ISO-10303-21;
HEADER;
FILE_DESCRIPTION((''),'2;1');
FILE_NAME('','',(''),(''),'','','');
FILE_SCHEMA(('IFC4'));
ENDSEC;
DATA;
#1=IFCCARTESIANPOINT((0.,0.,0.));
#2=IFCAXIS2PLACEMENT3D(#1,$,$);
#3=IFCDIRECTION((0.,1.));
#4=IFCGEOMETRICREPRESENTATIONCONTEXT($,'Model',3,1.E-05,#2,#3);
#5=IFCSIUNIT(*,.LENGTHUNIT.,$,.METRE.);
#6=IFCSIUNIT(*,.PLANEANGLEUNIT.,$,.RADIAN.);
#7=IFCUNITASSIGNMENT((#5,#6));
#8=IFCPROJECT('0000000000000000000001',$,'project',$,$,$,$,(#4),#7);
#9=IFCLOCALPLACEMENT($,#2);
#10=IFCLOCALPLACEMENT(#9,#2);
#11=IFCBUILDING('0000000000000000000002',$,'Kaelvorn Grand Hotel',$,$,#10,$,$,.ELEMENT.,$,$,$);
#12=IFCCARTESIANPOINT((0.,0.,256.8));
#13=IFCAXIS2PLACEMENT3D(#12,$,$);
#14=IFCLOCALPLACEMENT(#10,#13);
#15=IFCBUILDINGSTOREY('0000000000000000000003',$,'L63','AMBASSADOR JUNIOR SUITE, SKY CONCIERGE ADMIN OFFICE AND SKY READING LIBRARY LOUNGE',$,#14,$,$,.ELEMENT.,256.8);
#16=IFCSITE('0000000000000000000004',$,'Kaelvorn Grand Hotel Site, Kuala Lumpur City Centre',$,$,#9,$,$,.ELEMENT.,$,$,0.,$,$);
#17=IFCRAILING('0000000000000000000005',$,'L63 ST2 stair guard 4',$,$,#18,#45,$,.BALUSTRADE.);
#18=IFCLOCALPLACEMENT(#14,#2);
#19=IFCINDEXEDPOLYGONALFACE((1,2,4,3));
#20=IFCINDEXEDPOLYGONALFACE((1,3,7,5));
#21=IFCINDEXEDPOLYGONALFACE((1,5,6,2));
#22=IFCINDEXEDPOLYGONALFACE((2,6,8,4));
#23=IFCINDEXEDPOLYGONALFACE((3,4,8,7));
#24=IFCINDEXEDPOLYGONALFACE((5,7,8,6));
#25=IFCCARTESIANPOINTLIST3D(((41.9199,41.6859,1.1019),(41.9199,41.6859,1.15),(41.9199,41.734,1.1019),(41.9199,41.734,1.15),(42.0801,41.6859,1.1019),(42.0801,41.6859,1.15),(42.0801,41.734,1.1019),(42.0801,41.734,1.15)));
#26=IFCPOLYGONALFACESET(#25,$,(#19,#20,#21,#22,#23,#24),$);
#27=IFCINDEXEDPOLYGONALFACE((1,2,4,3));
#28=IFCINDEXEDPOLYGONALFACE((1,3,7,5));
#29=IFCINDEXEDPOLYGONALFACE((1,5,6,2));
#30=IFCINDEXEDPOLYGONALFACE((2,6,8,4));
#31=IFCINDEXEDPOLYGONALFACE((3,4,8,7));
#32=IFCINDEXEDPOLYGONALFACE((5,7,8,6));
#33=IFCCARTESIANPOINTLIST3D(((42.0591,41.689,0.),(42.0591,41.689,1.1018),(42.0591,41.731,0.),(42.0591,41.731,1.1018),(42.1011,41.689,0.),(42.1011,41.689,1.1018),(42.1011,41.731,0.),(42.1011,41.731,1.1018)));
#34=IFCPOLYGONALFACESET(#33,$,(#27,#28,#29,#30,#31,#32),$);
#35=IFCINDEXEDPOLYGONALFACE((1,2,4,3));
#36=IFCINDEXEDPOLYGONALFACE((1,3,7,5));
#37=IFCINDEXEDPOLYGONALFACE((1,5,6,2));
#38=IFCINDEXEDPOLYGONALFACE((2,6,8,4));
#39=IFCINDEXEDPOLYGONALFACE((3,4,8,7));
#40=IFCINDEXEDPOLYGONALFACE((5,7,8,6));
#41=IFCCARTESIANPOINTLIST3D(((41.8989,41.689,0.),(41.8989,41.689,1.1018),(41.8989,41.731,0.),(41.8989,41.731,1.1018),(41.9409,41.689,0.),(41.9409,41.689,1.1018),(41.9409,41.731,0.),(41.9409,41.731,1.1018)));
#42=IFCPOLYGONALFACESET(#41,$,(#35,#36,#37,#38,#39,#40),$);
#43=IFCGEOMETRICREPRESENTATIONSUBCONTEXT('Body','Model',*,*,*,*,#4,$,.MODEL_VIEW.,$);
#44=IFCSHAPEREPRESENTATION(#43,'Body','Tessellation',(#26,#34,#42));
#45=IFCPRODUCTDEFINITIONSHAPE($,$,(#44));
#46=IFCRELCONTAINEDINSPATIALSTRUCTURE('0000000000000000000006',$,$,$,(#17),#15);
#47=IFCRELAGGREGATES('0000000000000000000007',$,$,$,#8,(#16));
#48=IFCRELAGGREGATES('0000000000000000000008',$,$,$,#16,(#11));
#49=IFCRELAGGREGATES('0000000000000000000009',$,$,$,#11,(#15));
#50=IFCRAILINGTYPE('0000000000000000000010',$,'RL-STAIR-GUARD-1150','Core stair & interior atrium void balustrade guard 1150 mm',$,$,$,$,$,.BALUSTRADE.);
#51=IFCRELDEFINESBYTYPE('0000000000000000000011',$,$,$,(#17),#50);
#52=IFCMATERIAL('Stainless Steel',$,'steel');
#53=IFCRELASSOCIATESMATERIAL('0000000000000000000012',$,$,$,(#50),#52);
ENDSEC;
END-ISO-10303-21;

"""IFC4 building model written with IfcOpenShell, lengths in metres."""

from ifc_helpers import new_model, si_unit, direction, frame, origin, origin_2d, place, context, subcontext, project, spatial, rectangle, extrude, material, type_object, element, save


model = new_model("IFC4")

# Units and contexts
model_context = context("Model", 3, precision=1e-05, world=origin(), true_north=direction((0.0, 1.0)))
body_context = subcontext(model_context, "Body", "Model", "MODEL_VIEW")
ifc_project = project(units=[si_unit("LENGTHUNIT", "METRE"), si_unit("PLANEANGLEUNIT", "RADIAN")], contexts=[model_context])

# Site, building, storey
site_placement = place(None, origin())
site = spatial("IfcSite", under=ifc_project, at=site_placement, Name="Kaelvorn Grand Hotel Site, Kuala Lumpur City Centre", CompositionType="ELEMENT", RefElevation=0.0)
building_placement = place(site_placement, origin())
building = spatial("IfcBuilding", under=site, at=building_placement, Name="Kaelvorn Grand Hotel", CompositionType="ELEMENT")
storey_placement = place(building_placement, frame((0.0, 0.0, 256.8)))
storey = spatial("IfcBuildingStorey", under=building, at=storey_placement, Name="L63", Description="AMBASSADOR JUNIOR SUITE, SKY CONCIERGE ADMIN OFFICE AND SKY READING LIBRARY LOUNGE", CompositionType="ELEMENT", Elevation=256.8)

# Railing
ifc_material_1 = material(Name="Stainless Steel", Category="steel")
railing_type_1 = type_object("IfcRailingType", Name="RL-STAIR-GUARD-1150", Description="Core stair & interior atrium void balustrade guard 1150 mm", PredefinedType="BALUSTRADE", material=ifc_material_1)
railing_1_placement = place(storey_placement, frame((42.0801, 41.71, 0.0)))
element("IfcRailing", 1, at=railing_1_placement, inside=storey, type_object=railing_type_1, Name="L63 ST2 stair guard 4", PredefinedType="BALUSTRADE", context=body_context, shape_type="SweptSolid", body=[
    extrude(rectangle(XDim=0.0481, YDim=0.0481, at=origin_2d()), frame((0.0, 0.0, 1.126), z_axis=(-1.0, 0.0, 0.0), x_axis=(0.0, -1.0, 0.0)), (0.0, 0.0, 1.0), 0.1602),
    extrude(rectangle(XDim=0.042, YDim=0.042, at=origin_2d()), origin(), (0.0, 0.0, 1.0), 1.1018),
    extrude(rectangle(XDim=0.042, YDim=0.042, at=origin_2d()), frame((-0.1602, 0.0, 0.0)), (0.0, 0.0, 1.0), 1.1018),
])

save(model, "model.ifc")
